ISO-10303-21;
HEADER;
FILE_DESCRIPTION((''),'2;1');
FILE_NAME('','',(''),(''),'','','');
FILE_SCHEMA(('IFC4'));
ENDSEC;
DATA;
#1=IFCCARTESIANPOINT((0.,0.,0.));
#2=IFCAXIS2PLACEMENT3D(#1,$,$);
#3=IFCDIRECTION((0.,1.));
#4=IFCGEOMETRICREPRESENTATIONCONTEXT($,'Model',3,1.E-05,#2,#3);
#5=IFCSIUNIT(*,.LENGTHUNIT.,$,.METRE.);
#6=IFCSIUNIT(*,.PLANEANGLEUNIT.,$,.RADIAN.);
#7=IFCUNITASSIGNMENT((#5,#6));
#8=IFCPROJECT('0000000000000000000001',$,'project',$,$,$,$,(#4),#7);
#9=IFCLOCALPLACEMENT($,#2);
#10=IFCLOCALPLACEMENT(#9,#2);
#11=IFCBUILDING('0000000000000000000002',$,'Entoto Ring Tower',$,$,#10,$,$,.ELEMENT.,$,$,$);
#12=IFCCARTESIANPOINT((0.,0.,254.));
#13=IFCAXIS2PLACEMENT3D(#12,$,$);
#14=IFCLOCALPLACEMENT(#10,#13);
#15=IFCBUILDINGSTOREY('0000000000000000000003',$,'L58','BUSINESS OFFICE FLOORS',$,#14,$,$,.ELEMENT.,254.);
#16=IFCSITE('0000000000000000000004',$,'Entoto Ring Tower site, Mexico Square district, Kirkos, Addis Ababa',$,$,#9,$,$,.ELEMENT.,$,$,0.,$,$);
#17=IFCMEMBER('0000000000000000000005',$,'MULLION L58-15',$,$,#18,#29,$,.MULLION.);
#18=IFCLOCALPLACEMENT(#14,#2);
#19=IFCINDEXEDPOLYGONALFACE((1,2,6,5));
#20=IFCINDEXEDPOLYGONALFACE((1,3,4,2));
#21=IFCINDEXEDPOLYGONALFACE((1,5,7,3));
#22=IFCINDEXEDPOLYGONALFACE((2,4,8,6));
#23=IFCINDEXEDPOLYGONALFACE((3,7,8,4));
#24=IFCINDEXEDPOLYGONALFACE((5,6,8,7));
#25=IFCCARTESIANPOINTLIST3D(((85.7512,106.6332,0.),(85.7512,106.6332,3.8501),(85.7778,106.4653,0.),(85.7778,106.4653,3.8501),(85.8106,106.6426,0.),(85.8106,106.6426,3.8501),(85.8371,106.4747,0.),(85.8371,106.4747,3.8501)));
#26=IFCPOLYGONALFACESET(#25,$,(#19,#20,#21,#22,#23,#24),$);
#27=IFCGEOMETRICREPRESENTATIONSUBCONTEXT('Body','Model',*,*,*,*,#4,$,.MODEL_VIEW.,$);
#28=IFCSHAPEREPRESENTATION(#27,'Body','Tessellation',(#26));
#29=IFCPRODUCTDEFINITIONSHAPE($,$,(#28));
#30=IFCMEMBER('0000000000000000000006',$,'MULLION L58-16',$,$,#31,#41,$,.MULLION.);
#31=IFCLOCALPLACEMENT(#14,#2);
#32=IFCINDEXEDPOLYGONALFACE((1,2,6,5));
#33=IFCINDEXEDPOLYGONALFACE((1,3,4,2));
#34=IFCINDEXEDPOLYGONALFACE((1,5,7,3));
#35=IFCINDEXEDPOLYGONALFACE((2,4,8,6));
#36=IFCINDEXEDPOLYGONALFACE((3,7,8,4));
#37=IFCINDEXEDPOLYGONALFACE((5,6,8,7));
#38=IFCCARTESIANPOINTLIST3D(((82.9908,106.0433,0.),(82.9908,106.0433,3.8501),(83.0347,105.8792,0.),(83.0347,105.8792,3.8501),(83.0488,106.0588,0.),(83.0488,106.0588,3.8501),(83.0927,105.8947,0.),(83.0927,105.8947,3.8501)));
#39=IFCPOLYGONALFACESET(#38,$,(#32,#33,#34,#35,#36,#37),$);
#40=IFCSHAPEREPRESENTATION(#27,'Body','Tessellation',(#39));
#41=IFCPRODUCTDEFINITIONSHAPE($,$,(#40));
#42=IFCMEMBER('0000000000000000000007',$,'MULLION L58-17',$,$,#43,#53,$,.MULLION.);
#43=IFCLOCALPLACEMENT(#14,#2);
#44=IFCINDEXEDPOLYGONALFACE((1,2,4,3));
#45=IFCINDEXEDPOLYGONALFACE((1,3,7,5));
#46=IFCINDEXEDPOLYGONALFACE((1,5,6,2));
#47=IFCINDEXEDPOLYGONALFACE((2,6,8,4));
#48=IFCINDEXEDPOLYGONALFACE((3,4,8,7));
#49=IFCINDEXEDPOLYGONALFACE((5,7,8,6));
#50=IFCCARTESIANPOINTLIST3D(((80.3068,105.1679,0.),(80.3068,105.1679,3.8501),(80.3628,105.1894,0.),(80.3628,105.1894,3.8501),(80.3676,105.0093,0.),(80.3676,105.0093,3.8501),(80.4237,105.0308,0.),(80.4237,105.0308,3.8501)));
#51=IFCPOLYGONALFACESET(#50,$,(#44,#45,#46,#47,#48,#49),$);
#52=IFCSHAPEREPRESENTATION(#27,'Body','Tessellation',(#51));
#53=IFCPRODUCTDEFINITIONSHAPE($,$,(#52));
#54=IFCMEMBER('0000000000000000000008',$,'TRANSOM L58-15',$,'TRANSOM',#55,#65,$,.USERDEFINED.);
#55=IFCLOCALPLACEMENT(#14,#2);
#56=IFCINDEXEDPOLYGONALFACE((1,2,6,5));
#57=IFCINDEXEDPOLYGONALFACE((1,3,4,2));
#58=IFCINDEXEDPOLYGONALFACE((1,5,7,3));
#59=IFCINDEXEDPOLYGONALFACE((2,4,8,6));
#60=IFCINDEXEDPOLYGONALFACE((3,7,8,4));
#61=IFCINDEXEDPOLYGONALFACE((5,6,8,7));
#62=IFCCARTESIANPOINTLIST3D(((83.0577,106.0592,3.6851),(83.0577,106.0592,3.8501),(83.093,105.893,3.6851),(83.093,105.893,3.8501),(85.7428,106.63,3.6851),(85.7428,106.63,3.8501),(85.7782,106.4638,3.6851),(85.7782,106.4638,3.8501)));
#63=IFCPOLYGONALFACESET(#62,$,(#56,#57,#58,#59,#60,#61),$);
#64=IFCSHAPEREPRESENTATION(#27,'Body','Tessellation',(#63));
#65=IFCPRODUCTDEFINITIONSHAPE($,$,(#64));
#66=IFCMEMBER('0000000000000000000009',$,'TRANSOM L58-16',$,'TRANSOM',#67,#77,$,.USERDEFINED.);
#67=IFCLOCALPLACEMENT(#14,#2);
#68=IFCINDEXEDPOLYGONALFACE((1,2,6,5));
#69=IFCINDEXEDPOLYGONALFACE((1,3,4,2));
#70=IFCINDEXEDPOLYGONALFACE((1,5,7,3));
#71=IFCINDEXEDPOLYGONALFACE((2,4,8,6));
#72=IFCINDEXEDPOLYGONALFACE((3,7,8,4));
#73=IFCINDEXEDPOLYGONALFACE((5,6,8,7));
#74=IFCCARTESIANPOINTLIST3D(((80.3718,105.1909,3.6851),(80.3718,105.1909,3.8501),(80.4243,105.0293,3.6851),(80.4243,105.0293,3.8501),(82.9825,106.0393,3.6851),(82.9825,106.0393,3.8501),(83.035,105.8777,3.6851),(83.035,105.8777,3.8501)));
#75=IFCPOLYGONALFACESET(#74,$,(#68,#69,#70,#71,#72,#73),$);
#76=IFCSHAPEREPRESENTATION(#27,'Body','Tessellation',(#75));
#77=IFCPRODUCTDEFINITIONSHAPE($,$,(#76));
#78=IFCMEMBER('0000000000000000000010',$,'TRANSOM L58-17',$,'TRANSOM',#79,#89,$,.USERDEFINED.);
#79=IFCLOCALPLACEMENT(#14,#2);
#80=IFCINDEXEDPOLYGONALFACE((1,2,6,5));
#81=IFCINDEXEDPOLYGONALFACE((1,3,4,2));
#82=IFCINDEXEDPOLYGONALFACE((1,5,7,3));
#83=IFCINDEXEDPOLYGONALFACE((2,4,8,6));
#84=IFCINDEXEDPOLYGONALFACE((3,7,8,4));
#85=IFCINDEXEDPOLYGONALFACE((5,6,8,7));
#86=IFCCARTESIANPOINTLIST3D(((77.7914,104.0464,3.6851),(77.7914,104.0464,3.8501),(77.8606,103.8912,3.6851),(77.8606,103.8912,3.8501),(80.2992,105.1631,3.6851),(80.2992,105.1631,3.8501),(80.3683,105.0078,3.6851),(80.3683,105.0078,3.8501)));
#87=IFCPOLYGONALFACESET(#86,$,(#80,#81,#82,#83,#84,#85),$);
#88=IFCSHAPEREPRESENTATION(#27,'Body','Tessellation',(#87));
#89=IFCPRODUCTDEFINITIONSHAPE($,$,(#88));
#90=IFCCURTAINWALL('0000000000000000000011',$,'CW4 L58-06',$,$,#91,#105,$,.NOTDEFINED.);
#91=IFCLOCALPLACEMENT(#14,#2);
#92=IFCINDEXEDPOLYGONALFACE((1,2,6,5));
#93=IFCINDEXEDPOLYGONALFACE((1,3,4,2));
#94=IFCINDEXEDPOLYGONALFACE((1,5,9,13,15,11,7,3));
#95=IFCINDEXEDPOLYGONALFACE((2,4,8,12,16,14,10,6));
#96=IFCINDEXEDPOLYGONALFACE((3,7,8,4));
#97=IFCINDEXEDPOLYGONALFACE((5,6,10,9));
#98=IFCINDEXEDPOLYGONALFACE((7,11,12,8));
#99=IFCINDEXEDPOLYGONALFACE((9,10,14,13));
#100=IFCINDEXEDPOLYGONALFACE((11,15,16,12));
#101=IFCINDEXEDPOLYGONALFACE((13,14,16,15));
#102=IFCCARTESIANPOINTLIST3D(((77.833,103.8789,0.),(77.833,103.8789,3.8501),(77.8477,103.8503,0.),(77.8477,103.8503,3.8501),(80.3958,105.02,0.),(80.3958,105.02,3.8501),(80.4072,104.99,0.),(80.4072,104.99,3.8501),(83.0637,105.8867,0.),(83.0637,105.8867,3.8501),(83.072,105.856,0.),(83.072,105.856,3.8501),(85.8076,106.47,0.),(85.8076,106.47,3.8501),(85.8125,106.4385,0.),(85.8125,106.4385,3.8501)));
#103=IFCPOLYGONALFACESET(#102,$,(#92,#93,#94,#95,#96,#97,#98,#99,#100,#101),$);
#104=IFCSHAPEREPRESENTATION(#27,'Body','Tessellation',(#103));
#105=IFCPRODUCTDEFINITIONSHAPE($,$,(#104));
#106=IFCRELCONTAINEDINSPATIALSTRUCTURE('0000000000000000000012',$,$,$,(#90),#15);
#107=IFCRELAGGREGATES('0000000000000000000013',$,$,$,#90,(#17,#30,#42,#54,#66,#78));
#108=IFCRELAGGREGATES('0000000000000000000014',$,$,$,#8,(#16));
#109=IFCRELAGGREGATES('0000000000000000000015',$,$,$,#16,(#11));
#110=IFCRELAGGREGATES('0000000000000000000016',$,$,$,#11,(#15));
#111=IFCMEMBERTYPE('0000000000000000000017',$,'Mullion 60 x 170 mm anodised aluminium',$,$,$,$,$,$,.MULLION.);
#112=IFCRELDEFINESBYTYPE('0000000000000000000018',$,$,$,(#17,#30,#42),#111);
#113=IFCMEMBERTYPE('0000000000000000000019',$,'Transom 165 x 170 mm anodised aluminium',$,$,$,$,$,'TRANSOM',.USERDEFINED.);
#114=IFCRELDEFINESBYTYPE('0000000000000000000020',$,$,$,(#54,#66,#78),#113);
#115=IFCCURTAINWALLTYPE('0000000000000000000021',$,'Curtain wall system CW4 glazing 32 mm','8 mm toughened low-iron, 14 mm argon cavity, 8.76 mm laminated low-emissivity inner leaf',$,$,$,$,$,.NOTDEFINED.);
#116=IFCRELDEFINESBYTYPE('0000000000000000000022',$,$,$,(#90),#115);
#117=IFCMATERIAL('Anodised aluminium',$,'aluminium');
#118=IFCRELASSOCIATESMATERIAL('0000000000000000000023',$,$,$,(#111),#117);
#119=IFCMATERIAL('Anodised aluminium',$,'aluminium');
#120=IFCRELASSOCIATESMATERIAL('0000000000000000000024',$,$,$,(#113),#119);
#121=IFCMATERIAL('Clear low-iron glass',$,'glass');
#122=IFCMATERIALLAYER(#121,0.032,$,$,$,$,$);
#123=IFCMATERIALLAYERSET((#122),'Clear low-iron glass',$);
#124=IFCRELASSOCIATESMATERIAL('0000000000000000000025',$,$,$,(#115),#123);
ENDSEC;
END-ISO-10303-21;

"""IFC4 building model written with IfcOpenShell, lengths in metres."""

from ifc_helpers import new_model, si_unit, direction, frame, origin, origin_2d, place, context, subcontext, project, spatial, polyline, rectangle, outline, extrude, material, layer, layer_set, material_profile, profile_set, type_object, element, aggregate, save


model = new_model("IFC4")

# Units and contexts
model_context = context("Model", 3, precision=1e-05, world=origin(), true_north=direction((0.0, 1.0)))
body_context = subcontext(model_context, "Body", "Model", "MODEL_VIEW")
ifc_project = project(units=[si_unit("LENGTHUNIT", "METRE"), si_unit("PLANEANGLEUNIT", "RADIAN")], contexts=[model_context])

# Members
ifc_material_1 = material(Name="Anodised aluminium", Category="aluminium")
ifc_material_profile_1 = material_profile(ifc_material_1, rectangle(XDim=0.0601, YDim=0.1699, at=origin_2d()), Name="Mullion 60 x 170 mm anodised aluminium")
ifc_profile_set_1 = profile_set([ifc_material_profile_1], Name="Anodised aluminium")
member_type_1 = type_object("IfcMemberType", Name="Mullion 60 x 170 mm anodised aluminium", PredefinedType="MULLION", material=ifc_profile_set_1)
site_placement = place(None, origin())
building_placement = place(site_placement, origin())
storey_placement = place(building_placement, frame((0.0, 0.0, 254.0)))
member_1_placement = place(storey_placement, frame((85.7942, 106.554, 0.0), z_axis=(0.0, 0.0, 1.0), x_axis=(-0.987688, -0.156434, 0.0)))
member_1 = element("IfcMember", 1, at=member_1_placement, type_object=member_type_1, Name="MULLION L58-15", PredefinedType="MULLION", context=body_context, shape_type="SweptSolid", body=[
    extrude(rectangle(XDim=0.0601, YDim=0.1699, at=origin_2d()), origin(), (0.0, 0.0, 1.0), 3.8501),
])
member_2_placement = place(storey_placement, frame((83.0417, 105.969, 0.0), z_axis=(0.0, 0.0, 1.0), x_axis=(-0.965926, -0.258819, 0.0)))
member_2 = element("IfcMember", 2, at=member_2_placement, type_object=member_type_1, Name="MULLION L58-16", PredefinedType="MULLION", context=body_context, shape_type="SweptSolid", body=[
    extrude(rectangle(XDim=0.0601, YDim=0.1699, at=origin_2d()), origin(), (0.0, 0.0, 1.0), 3.8501),
])
member_3_placement = place(storey_placement, frame((80.3652, 105.0994, 0.0), z_axis=(0.0, 0.0, 1.0), x_axis=(-0.93358, -0.358368, 0.0)))
member_3 = element("IfcMember", 3, at=member_3_placement, type_object=member_type_1, Name="MULLION L58-17", PredefinedType="MULLION", context=body_context, shape_type="SweptSolid", body=[
    extrude(rectangle(XDim=0.0601, YDim=0.1699, at=origin_2d()), origin(), (0.0, 0.0, 1.0), 3.8501),
])
ifc_material_2 = material(Name="Anodised aluminium", Category="aluminium")
ifc_material_profile_2 = material_profile(ifc_material_2, rectangle(XDim=0.1699, YDim=0.165, at=origin_2d()), Name="Transom 165 x 170 mm anodised aluminium")
ifc_profile_set_2 = profile_set([ifc_material_profile_2], Name="Anodised aluminium")
member_type_2 = type_object("IfcMemberType", Name="Transom 165 x 170 mm anodised aluminium", ElementType="TRANSOM", PredefinedType="USERDEFINED", material=ifc_profile_set_2)
member_4_placement = place(storey_placement, frame((85.7605, 106.5469, 3.7676), z_axis=(-0.978142, -0.207937, 0.0), x_axis=(0.207937, -0.978142, 0.0)))
member_4 = element("IfcMember", 4, at=member_4_placement, type_object=member_type_2, Name="TRANSOM L58-15", ObjectType="TRANSOM", PredefinedType="USERDEFINED", context=body_context, shape_type="SweptSolid", body=[
    extrude(rectangle(XDim=0.1699, YDim=0.165, at=origin_2d()), origin(), (0.0, 0.0, 1.0), 2.7451),
])
member_5_placement = place(storey_placement, frame((83.0088, 105.9585, 3.7676), z_axis=(-0.951048, -0.309042, 0.0), x_axis=(0.309042, -0.951048, 0.0)))
member_5 = element("IfcMember", 5, at=member_5_placement, type_object=member_type_2, Name="TRANSOM L58-16", ObjectType="TRANSOM", PredefinedType="USERDEFINED", context=body_context, shape_type="SweptSolid", body=[
    extrude(rectangle(XDim=0.1699, YDim=0.165, at=origin_2d()), origin(), (0.0, 0.0, 1.0), 2.7451),
])
member_6_placement = place(storey_placement, frame((80.3337, 105.0854, 3.7676), z_axis=(-0.913525, -0.406782, 0.0), x_axis=(0.406782, -0.913525, 0.0)))
member_6 = element("IfcMember", 6, at=member_6_placement, type_object=member_type_2, Name="TRANSOM L58-17", ObjectType="TRANSOM", PredefinedType="USERDEFINED", context=body_context, shape_type="SweptSolid", body=[
    extrude(rectangle(XDim=0.1699, YDim=0.165, at=origin_2d()), origin(), (0.0, 0.0, 1.0), 2.7451),
])

# Site, building, storey
site = spatial("IfcSite", under=ifc_project, at=site_placement, Name="Entoto Ring Tower site, Mexico Square district, Kirkos, Addis Ababa", CompositionType="ELEMENT", RefElevation=0.0)
building = spatial("IfcBuilding", under=site, at=building_placement, Name="Entoto Ring Tower", CompositionType="ELEMENT")
storey = spatial("IfcBuildingStorey", under=building, at=storey_placement, Name="L58", Description="BUSINESS OFFICE FLOORS", CompositionType="ELEMENT", Elevation=254.0)

# Curtain wall
ifc_material_3 = material(Name="Clear low-iron glass", Category="glass")
ifc_layer = layer(ifc_material_3, 0.032)
ifc_layer_set = layer_set([ifc_layer], Name="Clear low-iron glass")
curtain_wall_type = type_object("IfcCurtainWallType", Name="Curtain wall system CW4 glazing 32 mm", Description="8 mm toughened low-iron, 14 mm argon cavity, 8.76 mm laminated low-emissivity inner leaf", PredefinedType="NOTDEFINED", material=ifc_layer_set)
curtain_wall_1_placement = place(storey_placement, origin())
curtain_wall_1 = element("IfcCurtainWall", 7, at=curtain_wall_1_placement, inside=storey, type_object=curtain_wall_type, Name="CW4 L58-06", PredefinedType="NOTDEFINED", context=body_context, shape_type="SweptSolid", body=[
    extrude(outline(polyline([(85.8076, 106.47), (83.0637, 105.8867), (80.3958, 105.02), (77.833, 103.8789), (77.8477, 103.8503), (80.4072, 104.99), (83.072, 105.856), (85.8125, 106.4385), (85.8076, 106.47)])), origin(), (0.0, 0.0, 1.0), 3.8501),
])
aggregate(curtain_wall_1, [member_1, member_2, member_3, member_4, member_5, member_6])

save(model, "model.ifc")
